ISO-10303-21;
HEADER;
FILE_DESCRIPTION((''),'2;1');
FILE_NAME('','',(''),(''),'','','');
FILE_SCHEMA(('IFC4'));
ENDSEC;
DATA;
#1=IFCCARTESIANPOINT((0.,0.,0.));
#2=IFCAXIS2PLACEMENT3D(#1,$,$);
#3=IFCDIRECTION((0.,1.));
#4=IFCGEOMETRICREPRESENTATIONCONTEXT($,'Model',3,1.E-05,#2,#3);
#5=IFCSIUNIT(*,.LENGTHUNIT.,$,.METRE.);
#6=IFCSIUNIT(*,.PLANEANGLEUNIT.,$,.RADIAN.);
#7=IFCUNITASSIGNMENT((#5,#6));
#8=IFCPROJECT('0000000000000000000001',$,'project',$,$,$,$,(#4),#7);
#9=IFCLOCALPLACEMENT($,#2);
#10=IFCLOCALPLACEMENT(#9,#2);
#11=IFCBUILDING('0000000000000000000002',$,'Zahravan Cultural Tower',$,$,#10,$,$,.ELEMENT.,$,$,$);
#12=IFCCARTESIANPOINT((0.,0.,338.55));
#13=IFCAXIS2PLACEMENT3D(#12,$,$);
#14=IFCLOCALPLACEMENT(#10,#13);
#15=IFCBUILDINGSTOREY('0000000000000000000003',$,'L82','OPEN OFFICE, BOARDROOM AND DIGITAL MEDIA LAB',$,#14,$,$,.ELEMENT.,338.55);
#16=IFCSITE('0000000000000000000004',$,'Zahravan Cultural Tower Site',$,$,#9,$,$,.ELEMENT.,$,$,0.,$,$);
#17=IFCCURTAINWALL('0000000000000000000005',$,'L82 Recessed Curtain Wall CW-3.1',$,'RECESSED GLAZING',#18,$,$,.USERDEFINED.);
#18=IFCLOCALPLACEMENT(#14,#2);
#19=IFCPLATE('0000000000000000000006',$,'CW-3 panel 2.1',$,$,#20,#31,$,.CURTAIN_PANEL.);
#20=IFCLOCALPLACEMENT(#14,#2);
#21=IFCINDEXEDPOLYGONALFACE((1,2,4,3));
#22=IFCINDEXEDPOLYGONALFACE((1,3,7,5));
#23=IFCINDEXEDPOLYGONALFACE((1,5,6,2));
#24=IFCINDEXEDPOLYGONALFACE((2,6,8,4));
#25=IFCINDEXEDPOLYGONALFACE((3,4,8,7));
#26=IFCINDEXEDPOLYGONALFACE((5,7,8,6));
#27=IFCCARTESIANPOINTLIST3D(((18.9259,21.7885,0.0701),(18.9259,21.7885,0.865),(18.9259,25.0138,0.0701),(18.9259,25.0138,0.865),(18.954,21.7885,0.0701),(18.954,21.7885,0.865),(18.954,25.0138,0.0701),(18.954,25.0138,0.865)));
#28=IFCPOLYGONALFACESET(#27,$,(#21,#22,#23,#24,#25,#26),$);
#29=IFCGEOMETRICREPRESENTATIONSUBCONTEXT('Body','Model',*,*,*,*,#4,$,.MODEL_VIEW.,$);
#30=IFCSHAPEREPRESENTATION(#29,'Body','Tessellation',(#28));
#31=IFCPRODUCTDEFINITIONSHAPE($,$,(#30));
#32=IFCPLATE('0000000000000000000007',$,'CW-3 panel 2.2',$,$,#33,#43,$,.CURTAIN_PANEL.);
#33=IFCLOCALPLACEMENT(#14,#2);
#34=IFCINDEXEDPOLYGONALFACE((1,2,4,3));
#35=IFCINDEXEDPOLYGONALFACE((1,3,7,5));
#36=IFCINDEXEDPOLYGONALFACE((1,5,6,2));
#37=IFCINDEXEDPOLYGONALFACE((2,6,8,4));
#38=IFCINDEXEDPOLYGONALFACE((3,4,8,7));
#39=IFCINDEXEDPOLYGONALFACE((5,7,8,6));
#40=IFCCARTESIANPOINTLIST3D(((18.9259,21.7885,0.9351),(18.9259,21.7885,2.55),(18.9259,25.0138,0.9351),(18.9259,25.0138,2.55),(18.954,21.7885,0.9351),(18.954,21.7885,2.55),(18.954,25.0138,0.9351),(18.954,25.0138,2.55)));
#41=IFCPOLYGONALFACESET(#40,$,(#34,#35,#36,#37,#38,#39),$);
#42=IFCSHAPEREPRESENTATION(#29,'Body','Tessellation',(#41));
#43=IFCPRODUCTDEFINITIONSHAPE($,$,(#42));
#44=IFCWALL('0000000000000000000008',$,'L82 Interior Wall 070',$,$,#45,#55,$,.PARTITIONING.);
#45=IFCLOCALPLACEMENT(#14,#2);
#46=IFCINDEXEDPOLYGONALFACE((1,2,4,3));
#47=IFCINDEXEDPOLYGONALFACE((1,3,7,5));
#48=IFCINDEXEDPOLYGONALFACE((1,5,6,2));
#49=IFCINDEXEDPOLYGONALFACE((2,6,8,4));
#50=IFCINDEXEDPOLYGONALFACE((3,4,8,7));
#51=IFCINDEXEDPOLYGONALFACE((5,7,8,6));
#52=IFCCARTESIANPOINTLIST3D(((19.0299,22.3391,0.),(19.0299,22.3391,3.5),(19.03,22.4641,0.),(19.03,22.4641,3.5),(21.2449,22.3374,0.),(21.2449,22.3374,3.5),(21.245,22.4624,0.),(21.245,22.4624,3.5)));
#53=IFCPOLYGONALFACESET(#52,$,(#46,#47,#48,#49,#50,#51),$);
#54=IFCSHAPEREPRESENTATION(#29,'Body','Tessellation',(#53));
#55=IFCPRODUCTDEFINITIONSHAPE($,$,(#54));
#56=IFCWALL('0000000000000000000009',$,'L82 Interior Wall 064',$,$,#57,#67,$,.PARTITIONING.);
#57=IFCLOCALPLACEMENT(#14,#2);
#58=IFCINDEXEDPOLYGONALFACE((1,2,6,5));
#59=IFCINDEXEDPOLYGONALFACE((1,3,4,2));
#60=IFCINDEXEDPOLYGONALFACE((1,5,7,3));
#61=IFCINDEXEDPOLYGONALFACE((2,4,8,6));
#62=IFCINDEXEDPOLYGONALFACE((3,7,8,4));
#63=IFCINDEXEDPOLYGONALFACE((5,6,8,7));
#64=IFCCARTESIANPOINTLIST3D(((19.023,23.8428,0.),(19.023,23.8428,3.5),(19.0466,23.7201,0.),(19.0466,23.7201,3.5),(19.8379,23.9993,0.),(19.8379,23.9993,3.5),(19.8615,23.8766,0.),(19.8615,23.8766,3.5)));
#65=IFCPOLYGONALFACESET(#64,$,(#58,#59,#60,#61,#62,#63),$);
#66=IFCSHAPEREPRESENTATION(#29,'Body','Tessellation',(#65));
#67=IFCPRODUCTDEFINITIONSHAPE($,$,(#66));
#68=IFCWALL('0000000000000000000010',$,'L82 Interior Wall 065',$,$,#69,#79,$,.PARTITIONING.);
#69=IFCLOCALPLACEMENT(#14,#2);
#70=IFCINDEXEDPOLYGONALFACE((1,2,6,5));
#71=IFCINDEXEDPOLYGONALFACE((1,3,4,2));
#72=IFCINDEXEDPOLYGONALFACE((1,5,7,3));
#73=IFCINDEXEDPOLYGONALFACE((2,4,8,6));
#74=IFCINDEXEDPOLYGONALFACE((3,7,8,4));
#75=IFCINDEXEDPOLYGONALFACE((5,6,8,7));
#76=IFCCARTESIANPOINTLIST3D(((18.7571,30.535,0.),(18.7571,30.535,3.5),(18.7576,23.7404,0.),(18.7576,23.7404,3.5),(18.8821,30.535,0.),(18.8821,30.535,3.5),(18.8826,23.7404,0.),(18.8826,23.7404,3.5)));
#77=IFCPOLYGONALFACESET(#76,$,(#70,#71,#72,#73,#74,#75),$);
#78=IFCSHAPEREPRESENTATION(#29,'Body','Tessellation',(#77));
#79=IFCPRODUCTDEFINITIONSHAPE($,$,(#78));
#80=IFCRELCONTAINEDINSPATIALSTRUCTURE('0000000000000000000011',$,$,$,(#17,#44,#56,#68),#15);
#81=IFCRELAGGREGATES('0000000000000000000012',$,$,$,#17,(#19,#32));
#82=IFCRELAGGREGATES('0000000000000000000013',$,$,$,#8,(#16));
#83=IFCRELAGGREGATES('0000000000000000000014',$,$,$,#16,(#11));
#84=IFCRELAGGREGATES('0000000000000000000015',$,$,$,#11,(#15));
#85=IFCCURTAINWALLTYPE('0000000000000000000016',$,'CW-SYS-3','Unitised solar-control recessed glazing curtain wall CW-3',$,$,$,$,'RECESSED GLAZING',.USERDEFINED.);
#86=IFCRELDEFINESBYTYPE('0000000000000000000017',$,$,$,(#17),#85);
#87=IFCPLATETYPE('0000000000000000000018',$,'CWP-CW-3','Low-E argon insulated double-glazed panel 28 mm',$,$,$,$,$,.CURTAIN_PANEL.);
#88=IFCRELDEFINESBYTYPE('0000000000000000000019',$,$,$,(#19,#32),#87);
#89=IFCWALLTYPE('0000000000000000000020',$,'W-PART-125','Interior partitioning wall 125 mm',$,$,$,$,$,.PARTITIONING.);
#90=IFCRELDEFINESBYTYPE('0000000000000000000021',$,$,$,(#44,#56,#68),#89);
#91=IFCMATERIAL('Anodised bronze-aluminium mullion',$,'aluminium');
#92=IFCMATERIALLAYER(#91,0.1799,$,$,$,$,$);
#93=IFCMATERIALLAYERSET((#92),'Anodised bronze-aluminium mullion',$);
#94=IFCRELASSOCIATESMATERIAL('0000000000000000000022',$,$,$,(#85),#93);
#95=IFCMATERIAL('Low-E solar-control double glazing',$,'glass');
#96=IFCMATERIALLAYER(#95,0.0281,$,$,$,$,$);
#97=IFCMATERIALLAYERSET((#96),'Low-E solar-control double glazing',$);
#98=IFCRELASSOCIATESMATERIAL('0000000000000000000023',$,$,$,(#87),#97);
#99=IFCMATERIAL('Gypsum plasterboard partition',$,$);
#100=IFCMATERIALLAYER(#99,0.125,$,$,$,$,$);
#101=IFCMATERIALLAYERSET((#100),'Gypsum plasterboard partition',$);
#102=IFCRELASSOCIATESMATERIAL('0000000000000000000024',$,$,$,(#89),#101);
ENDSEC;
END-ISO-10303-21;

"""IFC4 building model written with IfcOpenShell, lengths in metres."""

from ifc_helpers import new_model, si_unit, direction, frame, frame_2d, origin, origin_2d, place, context, subcontext, project, spatial, rectangle, extrude, source, transform, mapped, material, layer, layer_set, type_object, element, aggregate, save


model = new_model("IFC4")

# Units and contexts
model_context = context("Model", 3, precision=1e-05, world=origin(), true_north=direction((0.0, 1.0)))
body_context = subcontext(model_context, "Body", "Model", "MODEL_VIEW")
ifc_project = project(units=[si_unit("LENGTHUNIT", "METRE"), si_unit("PLANEANGLEUNIT", "RADIAN")], contexts=[model_context])

# Site, building, storey
site_placement = place(None, origin())
site = spatial("IfcSite", under=ifc_project, at=site_placement, Name="Zahravan Cultural Tower Site", CompositionType="ELEMENT", RefElevation=0.0)
building_placement = place(site_placement, origin())
building = spatial("IfcBuilding", under=site, at=building_placement, Name="Zahravan Cultural Tower", CompositionType="ELEMENT")
storey_placement = place(building_placement, frame((0.0, 0.0, 338.55)))
storey = spatial("IfcBuildingStorey", under=building, at=storey_placement, Name="L82", Description="OPEN OFFICE, BOARDROOM AND DIGITAL MEDIA LAB", CompositionType="ELEMENT", Elevation=338.55)

# Curtain wall, plates
ifc_material_1 = material(Name="Anodised bronze-aluminium mullion", Category="aluminium")
ifc_layer_1 = layer(ifc_material_1, 0.1799)
ifc_layer_set_1 = layer_set([ifc_layer_1], Name="Anodised bronze-aluminium mullion")
curtain_wall_type = type_object("IfcCurtainWallType", Name="CW-SYS-3", Description="Unitised solar-control recessed glazing curtain wall CW-3", ElementType="RECESSED GLAZING", PredefinedType="USERDEFINED", material=ifc_layer_set_1)
curtain_wall_placement = place(storey_placement, origin())
curtain_wall = element("IfcCurtainWall", 1, at=curtain_wall_placement, inside=storey, type_object=curtain_wall_type, Name="L82 Recessed Curtain Wall CW-3.1", ObjectType="RECESSED GLAZING", PredefinedType="USERDEFINED")
ifc_material_2 = material(Name="Low-E solar-control double glazing", Category="glass")
ifc_layer_2 = layer(ifc_material_2, 0.0281)
ifc_layer_set_2 = layer_set([ifc_layer_2], Name="Low-E solar-control double glazing")
plate_type = type_object("IfcPlateType", Name="CWP-CW-3", Description="Low-E argon insulated double-glazed panel 28 mm", PredefinedType="CURTAIN_PANEL", material=ifc_layer_set_2)
shared_shape_1 = source(origin(), body_context, "Body", "SweptSolid", [
    extrude(rectangle(XDim=3.2253, YDim=0.0281, at=origin_2d()), origin(), (0.0, 0.0, 1.0), 0.7949),
])
plate_1_placement = place(storey_placement, frame((18.9399, 23.4011, 0.0701), z_axis=(0.0, 0.0, 1.0), x_axis=(0.0, 1.0, 0.0)))
plate_1 = element("IfcPlate", 2, at=plate_1_placement, type_object=plate_type, Name="CW-3 panel 2.1", PredefinedType="CURTAIN_PANEL", context=body_context, shape_type="MappedRepresentation", body=[
    mapped(shared_shape_1, transform((0.0, 0.0, 0.0), x_axis=(1.0, 0.0, 0.0), y_axis=(0.0, 1.0, 0.0), z_axis=(0.0, 0.0, 1.0), scale=1.0)),
])
shared_shape_2 = source(origin(), body_context, "Body", "SweptSolid", [
    extrude(rectangle(XDim=3.2253, YDim=0.0281, at=origin_2d()), origin(), (0.0, 0.0, 1.0), 1.615),
])
plate_2_placement = place(storey_placement, frame((18.9399, 23.4011, 0.9351), z_axis=(0.0, 0.0, 1.0), x_axis=(0.0, 1.0, 0.0)))
plate_2 = element("IfcPlate", 3, at=plate_2_placement, type_object=plate_type, Name="CW-3 panel 2.2", PredefinedType="CURTAIN_PANEL", context=body_context, shape_type="MappedRepresentation", body=[
    mapped(shared_shape_2, transform((0.0, 0.0, 0.0), x_axis=(1.0, 0.0, 0.0), y_axis=(0.0, 1.0, 0.0), z_axis=(0.0, 0.0, 1.0), scale=1.0)),
])
aggregate(curtain_wall, [plate_1, plate_2])

# Shared definitions
ifc_material_3 = material(Name="Gypsum plasterboard partition")
ifc_layer_3 = layer(ifc_material_3, 0.125)
ifc_layer_set_3 = layer_set([ifc_layer_3], Name="Gypsum plasterboard partition")
wall_type = type_object("IfcWallType", Name="W-PART-125", Description="Interior partitioning wall 125 mm", PredefinedType="PARTITIONING", material=ifc_layer_set_3)

# Walls
shared_shape_3 = source(origin(), body_context, "Body", "SweptSolid", [
    extrude(rectangle(XDim=2.2151, YDim=0.125, at=frame_2d((1.1074, 0.0))), origin(), (0.0, 0.0, 1.0), 3.5),
])
wall_1_placement = place(storey_placement, frame((19.03, 22.4016, 0.0), z_axis=(0.0, 0.0, 1.0), x_axis=(1.0, -0.000772, 0.0)))
element("IfcWall", 4, at=wall_1_placement, inside=storey, type_object=wall_type, Name="L82 Interior Wall 070", PredefinedType="PARTITIONING", context=body_context, shape_type="MappedRepresentation", body=[
    mapped(shared_shape_3, transform((0.0, 0.0, 0.0), x_axis=(1.0, 0.0, 0.0), y_axis=(0.0, 1.0, 0.0), z_axis=(0.0, 0.0, 1.0), scale=1.0)),
])
shared_shape_4 = source(origin(), body_context, "Body", "SweptSolid", [
    extrude(rectangle(XDim=0.8298, YDim=0.125, at=frame_2d((0.415, 0.0))), origin(), (0.0, 0.0, 1.0), 3.5),
])
wall_2_placement = place(storey_placement, frame((19.8499, 23.938, 0.0), z_axis=(0.0, 0.0, 1.0), x_axis=(-0.982057, -0.188585, 0.0)))
element("IfcWall", 5, at=wall_2_placement, inside=storey, type_object=wall_type, Name="L82 Interior Wall 064", PredefinedType="PARTITIONING", context=body_context, shape_type="MappedRepresentation", body=[
    mapped(shared_shape_4, transform((0.0, 0.0, 0.0), x_axis=(1.0, 0.0, 0.0), y_axis=(0.0, 1.0, 0.0), z_axis=(0.0, 0.0, 1.0), scale=1.0)),
])
shared_shape_5 = source(origin(), body_context, "Body", "SweptSolid", [
    extrude(rectangle(XDim=6.7947, YDim=0.125, at=frame_2d((3.3975, 0.0))), origin(), (0.0, 0.0, 1.0), 3.5),
])
wall_3_placement = place(storey_placement, frame((18.8201, 23.7402, 0.0), z_axis=(0.0, 0.0, 1.0), x_axis=(-0.000072, 1.0, 0.0)))
element("IfcWall", 6, at=wall_3_placement, inside=storey, type_object=wall_type, Name="L82 Interior Wall 065", PredefinedType="PARTITIONING", context=body_context, shape_type="MappedRepresentation", body=[
    mapped(shared_shape_5, transform((0.0, 0.0, 0.0), x_axis=(1.0, 0.0, 0.0), y_axis=(0.0, 1.0, 0.0), z_axis=(0.0, 0.0, 1.0), scale=1.0)),
])

save(model, "model.ifc")
